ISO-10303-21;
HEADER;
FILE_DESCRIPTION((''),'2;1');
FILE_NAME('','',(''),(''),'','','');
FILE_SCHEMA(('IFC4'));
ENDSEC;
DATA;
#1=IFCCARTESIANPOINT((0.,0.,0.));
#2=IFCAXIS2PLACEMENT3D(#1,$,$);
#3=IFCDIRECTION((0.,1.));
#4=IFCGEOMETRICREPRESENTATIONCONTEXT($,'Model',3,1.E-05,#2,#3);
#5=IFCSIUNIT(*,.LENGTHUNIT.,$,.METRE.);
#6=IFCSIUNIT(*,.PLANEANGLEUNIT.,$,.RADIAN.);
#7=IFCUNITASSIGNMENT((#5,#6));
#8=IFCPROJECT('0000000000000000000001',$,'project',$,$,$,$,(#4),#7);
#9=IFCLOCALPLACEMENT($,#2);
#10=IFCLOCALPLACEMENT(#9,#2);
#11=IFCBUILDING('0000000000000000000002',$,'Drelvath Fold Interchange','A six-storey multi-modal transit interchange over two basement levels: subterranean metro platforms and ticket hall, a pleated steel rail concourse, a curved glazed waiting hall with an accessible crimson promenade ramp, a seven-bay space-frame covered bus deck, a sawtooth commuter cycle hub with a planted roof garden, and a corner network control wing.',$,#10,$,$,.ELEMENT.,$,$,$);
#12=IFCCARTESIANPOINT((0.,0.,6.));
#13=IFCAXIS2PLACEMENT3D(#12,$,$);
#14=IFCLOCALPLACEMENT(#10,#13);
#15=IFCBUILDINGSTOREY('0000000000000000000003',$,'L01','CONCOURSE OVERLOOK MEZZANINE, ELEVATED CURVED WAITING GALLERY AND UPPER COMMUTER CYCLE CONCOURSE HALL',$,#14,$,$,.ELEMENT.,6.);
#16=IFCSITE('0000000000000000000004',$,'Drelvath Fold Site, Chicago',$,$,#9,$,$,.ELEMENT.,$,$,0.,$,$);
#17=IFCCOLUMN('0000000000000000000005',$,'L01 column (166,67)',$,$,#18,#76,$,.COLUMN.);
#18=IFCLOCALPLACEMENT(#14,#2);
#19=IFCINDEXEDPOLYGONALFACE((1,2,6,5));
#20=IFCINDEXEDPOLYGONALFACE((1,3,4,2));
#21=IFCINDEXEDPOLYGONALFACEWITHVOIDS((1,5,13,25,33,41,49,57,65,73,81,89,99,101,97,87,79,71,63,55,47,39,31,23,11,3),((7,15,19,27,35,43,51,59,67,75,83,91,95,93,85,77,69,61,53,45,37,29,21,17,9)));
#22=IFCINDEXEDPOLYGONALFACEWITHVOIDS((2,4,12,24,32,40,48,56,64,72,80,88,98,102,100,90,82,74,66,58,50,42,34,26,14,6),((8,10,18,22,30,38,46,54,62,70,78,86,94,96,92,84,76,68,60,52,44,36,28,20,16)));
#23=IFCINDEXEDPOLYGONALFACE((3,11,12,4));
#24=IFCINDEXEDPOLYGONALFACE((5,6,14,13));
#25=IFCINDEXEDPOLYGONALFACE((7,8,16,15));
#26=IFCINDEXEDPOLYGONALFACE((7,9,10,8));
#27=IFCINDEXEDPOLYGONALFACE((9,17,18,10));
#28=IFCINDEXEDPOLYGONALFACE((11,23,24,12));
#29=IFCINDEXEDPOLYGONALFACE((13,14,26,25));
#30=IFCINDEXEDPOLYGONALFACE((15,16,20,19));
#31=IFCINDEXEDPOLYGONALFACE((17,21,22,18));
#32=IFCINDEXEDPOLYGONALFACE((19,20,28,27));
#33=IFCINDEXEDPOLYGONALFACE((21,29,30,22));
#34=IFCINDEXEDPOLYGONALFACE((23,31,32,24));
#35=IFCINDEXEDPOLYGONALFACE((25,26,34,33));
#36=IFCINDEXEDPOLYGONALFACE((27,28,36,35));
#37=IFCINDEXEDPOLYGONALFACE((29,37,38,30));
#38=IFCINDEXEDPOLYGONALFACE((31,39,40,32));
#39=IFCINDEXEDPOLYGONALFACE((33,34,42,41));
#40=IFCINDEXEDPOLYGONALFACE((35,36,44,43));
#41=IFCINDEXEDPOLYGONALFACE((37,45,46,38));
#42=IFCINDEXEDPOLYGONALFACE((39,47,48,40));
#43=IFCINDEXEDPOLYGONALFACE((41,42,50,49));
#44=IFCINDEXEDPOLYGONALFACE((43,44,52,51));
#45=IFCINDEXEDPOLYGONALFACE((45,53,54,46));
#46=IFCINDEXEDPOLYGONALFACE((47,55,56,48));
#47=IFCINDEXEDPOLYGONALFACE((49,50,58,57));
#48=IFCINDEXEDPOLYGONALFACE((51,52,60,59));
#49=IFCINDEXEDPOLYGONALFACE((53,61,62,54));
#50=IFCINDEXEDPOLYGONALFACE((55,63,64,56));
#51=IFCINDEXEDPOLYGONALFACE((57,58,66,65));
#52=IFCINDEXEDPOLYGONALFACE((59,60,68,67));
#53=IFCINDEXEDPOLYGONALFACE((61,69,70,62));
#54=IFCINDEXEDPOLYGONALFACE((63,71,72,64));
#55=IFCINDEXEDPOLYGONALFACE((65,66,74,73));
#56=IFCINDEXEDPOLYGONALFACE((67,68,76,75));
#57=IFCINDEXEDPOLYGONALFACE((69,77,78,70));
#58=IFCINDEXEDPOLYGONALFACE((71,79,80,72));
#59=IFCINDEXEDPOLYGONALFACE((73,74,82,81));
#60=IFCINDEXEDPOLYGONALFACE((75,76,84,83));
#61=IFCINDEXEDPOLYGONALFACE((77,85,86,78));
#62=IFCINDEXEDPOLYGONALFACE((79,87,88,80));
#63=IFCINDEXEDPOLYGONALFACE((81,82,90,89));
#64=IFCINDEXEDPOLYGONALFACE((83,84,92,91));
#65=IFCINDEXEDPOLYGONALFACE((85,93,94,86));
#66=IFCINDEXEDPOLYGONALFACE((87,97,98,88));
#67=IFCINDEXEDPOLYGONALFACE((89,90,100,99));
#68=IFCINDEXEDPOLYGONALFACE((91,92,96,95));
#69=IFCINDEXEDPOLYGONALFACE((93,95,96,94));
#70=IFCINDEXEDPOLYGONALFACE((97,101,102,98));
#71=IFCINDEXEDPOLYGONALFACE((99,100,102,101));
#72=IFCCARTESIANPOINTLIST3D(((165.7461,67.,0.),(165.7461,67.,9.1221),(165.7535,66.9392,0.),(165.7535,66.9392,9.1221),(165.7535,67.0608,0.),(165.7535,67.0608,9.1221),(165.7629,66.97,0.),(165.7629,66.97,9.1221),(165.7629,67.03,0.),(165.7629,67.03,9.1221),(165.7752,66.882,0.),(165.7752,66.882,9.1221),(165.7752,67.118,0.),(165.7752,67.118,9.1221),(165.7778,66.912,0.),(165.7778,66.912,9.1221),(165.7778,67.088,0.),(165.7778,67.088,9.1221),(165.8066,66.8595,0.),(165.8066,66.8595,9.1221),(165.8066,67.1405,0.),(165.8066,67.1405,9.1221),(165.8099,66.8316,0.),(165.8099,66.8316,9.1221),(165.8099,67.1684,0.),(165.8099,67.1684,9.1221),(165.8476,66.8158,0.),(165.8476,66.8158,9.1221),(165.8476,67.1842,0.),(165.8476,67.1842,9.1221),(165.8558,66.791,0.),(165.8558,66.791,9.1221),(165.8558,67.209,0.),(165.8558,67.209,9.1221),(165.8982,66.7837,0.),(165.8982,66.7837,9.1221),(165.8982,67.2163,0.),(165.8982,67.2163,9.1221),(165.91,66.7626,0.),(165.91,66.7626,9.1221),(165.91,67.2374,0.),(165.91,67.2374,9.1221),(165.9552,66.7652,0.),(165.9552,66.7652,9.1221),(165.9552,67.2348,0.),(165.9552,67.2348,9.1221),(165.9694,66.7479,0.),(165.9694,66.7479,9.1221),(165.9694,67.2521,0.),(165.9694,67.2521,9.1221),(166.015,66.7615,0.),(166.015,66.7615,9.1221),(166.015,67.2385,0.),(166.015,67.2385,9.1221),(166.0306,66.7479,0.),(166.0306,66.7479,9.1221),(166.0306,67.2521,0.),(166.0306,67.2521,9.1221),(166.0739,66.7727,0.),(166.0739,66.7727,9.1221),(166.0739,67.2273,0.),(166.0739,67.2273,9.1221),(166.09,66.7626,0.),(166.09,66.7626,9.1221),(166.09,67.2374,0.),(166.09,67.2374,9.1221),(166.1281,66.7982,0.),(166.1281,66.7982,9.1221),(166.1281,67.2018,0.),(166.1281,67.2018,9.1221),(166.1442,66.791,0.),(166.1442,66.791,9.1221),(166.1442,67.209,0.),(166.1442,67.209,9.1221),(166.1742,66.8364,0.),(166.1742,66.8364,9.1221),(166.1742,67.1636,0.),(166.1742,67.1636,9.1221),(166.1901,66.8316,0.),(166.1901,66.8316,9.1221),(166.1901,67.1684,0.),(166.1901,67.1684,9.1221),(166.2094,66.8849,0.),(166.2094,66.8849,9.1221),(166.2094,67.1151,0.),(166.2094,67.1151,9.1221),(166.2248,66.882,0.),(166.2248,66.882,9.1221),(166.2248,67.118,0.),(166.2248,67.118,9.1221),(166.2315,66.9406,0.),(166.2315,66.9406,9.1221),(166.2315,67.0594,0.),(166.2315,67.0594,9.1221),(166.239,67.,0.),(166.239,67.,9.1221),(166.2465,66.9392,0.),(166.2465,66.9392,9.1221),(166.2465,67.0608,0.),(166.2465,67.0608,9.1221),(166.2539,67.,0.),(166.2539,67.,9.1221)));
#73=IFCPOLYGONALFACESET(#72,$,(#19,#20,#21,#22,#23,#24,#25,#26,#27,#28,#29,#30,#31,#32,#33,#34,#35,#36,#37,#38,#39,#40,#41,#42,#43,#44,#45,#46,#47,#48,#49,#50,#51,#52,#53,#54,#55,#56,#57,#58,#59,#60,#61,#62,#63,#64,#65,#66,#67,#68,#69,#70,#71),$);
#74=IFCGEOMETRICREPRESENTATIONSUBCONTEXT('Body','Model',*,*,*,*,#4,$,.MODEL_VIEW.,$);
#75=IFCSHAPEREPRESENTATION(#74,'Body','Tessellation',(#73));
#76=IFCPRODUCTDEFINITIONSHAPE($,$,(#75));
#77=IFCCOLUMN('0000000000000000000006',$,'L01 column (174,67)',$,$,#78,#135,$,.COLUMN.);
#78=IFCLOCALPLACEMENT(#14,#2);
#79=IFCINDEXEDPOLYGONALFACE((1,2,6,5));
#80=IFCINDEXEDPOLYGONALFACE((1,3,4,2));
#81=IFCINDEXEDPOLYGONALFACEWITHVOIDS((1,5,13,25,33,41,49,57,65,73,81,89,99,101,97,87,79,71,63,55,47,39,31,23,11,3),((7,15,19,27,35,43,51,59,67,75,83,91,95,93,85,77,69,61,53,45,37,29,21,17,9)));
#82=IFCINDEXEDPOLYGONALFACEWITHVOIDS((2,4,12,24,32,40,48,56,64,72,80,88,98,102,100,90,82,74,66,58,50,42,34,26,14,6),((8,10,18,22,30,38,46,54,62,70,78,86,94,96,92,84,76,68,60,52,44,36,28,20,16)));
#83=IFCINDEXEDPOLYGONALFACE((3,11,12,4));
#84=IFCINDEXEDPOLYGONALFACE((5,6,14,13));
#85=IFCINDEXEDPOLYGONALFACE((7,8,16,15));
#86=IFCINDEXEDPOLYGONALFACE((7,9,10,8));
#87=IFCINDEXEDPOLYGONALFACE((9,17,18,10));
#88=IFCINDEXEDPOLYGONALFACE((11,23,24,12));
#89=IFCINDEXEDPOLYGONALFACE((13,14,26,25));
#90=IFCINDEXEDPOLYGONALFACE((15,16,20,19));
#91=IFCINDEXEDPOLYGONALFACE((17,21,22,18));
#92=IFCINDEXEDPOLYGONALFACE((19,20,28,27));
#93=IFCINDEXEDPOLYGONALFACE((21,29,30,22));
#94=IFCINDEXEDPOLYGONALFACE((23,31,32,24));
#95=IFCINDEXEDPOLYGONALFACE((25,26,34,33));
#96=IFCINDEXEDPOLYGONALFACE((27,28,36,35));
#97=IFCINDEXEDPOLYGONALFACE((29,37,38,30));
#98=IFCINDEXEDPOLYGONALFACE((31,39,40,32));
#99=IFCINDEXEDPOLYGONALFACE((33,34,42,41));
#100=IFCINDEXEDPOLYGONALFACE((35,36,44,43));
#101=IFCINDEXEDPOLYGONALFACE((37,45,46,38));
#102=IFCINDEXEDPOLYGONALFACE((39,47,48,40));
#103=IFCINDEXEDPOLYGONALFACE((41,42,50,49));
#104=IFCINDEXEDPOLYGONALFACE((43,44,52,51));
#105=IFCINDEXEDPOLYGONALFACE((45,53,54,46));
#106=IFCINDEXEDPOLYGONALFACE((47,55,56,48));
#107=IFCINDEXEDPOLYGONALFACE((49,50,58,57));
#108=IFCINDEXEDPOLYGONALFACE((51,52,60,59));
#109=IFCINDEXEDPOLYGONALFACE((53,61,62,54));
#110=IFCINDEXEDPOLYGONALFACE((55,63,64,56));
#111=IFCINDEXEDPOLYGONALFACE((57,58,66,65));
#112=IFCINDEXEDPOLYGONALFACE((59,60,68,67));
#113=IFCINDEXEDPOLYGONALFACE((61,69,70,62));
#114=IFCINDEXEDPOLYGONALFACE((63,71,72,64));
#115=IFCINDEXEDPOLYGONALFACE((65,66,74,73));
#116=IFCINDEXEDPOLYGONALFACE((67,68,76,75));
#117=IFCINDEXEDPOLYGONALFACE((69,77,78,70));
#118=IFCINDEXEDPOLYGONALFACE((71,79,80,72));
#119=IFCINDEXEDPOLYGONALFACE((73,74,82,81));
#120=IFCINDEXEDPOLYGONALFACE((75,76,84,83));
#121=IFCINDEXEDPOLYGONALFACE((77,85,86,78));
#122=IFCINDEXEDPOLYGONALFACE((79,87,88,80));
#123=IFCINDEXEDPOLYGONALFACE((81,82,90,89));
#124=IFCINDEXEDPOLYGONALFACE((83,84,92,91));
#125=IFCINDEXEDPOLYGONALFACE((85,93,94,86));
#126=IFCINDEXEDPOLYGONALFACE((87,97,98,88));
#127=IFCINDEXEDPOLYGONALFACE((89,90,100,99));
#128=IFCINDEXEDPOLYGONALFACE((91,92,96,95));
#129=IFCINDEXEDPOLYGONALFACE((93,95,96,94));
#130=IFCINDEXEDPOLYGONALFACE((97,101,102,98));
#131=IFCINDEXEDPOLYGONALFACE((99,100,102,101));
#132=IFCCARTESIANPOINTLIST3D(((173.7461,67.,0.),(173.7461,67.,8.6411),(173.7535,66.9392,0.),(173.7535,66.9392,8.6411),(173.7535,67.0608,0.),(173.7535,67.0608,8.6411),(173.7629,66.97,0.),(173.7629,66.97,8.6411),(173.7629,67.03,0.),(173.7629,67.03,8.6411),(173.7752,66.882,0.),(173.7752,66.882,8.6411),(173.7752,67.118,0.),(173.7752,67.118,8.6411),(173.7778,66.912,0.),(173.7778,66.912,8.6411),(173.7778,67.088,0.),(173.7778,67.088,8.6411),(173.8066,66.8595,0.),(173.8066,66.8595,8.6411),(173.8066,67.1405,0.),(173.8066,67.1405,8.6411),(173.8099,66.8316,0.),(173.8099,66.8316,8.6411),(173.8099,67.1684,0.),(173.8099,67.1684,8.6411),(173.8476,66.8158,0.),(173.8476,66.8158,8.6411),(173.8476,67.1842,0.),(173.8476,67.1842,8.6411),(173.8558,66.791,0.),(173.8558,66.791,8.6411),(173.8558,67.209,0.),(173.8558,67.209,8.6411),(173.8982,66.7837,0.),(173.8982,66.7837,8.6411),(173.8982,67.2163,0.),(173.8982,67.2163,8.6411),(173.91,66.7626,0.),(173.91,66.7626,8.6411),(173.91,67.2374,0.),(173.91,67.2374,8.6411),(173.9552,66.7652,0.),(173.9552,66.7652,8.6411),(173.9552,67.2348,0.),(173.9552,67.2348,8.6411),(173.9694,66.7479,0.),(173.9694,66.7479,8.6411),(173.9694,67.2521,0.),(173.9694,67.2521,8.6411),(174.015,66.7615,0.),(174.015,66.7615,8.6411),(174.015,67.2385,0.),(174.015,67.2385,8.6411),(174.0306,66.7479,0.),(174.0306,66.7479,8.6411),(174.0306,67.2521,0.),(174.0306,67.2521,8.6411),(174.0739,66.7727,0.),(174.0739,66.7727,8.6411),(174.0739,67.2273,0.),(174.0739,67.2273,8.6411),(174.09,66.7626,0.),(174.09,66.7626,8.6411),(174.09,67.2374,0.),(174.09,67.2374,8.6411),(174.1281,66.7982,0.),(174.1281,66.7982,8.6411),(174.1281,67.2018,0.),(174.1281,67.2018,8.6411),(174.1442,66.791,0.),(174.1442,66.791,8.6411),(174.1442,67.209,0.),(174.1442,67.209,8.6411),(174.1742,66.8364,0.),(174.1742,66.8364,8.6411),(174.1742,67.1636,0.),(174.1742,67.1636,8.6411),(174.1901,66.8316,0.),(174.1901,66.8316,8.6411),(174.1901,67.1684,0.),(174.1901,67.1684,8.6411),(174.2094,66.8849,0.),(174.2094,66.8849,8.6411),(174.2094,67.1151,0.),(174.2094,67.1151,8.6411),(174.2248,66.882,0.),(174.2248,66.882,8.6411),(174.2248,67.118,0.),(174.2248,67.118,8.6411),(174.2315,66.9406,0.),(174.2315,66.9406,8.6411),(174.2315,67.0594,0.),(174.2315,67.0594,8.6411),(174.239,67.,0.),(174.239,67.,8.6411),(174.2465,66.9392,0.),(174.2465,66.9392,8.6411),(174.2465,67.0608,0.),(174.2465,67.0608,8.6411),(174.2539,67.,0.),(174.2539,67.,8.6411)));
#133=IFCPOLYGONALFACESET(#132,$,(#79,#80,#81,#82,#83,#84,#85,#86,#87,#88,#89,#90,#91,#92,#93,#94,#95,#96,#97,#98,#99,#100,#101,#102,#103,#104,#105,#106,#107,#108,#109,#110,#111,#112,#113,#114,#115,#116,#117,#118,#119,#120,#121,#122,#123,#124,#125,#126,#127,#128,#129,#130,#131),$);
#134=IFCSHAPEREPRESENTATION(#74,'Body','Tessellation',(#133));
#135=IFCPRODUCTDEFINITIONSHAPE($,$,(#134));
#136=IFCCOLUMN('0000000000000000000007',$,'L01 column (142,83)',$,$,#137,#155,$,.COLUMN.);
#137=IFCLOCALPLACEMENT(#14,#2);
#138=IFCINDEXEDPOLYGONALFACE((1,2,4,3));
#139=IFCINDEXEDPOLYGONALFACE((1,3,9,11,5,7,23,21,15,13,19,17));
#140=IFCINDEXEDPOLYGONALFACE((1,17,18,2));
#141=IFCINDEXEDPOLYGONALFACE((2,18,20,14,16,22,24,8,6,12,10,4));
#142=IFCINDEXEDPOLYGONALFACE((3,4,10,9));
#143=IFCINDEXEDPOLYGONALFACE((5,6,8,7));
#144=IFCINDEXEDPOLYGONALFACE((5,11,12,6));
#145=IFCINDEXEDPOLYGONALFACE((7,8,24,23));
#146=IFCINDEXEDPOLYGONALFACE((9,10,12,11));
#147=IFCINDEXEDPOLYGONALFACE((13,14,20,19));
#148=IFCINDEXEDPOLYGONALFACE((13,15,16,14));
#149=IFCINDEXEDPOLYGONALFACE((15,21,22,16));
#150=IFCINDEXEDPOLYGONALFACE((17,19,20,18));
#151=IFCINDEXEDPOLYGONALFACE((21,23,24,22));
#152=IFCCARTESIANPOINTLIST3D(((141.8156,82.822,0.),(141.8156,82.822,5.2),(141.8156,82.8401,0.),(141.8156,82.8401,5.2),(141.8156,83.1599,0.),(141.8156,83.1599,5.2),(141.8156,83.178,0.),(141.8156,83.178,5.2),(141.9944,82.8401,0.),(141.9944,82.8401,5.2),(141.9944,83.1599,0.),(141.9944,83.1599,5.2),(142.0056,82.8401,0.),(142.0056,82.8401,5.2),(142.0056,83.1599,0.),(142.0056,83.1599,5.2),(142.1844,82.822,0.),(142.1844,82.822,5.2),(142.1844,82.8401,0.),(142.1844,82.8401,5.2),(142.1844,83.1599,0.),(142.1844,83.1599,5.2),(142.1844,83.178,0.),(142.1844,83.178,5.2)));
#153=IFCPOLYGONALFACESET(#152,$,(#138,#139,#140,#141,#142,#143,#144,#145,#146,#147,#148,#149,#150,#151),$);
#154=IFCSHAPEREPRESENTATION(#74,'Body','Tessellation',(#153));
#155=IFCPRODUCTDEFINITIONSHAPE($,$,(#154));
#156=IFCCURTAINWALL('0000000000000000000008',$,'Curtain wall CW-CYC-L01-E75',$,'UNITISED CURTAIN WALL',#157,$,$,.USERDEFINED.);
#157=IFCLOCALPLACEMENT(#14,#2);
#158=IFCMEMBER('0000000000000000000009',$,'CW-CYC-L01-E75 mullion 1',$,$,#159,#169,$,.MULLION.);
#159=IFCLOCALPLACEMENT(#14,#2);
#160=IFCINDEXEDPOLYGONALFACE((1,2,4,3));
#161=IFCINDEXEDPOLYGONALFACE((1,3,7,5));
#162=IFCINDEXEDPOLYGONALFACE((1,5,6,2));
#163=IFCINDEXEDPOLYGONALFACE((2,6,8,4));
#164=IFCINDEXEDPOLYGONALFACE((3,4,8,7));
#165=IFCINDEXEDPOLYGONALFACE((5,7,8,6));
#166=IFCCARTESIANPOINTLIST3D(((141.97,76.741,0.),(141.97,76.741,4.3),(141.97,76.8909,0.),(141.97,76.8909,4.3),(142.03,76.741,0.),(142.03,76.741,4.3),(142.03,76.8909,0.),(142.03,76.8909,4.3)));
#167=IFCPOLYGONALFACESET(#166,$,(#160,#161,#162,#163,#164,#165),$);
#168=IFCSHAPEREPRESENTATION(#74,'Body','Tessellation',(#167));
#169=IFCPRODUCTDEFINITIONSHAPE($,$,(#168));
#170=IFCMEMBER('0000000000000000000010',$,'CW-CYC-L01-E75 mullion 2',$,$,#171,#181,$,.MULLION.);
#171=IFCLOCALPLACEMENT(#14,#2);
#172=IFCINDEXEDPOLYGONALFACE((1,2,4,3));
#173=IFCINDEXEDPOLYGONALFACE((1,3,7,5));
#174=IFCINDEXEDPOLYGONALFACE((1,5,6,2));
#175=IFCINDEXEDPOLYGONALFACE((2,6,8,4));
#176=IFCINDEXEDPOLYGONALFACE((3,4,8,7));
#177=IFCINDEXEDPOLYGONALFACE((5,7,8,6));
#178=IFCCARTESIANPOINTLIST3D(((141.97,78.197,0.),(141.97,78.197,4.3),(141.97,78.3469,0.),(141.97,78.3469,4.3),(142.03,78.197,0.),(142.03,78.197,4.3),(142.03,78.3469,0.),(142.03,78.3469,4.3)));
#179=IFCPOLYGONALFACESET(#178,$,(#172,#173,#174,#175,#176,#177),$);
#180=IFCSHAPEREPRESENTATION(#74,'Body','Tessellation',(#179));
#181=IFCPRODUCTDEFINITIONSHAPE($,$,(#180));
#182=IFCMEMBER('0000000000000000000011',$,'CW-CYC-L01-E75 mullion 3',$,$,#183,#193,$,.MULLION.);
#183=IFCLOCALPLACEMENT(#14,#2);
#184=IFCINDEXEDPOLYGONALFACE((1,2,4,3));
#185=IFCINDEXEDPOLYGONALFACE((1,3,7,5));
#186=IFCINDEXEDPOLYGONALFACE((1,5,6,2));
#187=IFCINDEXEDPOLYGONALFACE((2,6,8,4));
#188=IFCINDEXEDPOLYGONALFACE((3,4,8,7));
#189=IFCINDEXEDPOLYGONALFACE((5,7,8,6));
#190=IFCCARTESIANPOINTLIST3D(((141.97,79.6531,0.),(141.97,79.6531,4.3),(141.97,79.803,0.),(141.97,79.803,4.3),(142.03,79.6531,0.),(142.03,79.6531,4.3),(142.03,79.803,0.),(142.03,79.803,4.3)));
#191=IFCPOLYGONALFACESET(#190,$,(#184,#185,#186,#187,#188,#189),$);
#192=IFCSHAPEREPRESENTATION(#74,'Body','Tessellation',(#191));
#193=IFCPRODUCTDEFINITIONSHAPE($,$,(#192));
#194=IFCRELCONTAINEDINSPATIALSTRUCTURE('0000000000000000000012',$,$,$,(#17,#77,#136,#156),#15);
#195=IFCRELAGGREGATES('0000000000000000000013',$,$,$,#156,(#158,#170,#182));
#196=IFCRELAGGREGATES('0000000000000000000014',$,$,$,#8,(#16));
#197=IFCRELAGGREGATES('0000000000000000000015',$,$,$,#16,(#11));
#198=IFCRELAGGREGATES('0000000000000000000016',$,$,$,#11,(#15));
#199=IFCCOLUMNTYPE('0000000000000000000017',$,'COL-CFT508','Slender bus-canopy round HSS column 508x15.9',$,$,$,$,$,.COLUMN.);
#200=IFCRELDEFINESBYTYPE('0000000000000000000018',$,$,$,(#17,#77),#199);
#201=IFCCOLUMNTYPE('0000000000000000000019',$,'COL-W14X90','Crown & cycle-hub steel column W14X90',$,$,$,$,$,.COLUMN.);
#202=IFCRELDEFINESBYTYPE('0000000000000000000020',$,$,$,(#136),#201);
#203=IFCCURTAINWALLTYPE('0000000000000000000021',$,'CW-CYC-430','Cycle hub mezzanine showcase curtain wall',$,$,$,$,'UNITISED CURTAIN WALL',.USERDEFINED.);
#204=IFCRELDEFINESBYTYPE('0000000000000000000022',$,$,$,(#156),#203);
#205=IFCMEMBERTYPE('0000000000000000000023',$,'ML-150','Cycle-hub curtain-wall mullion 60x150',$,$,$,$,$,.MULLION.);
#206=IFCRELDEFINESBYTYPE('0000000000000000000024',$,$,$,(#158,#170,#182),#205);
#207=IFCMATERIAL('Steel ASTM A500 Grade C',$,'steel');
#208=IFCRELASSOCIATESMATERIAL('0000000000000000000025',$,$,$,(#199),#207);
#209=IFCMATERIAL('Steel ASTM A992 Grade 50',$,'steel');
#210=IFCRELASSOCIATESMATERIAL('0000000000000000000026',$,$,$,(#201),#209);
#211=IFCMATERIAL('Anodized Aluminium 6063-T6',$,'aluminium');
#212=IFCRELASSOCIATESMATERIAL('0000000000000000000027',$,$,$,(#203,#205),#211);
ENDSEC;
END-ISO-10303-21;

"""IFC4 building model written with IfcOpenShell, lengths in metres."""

from ifc_helpers import new_model, si_unit, direction, frame, origin, origin_2d, place, context, subcontext, project, spatial, rectangle, hollow_circle, i_section, extrude, material, material_profile, profile_set, type_object, element, aggregate, save


model = new_model("IFC4")

# Units and contexts
model_context = context("Model", 3, precision=1e-05, world=origin(), true_north=direction((0.0, 1.0)))
body_context = subcontext(model_context, "Body", "Model", "MODEL_VIEW")
ifc_project = project(units=[si_unit("LENGTHUNIT", "METRE"), si_unit("PLANEANGLEUNIT", "RADIAN")], contexts=[model_context])

# Site, building, storey
site_placement = place(None, origin())
site = spatial("IfcSite", under=ifc_project, at=site_placement, Name="Drelvath Fold Site, Chicago", CompositionType="ELEMENT", RefElevation=0.0)
building_placement = place(site_placement, origin())
building = spatial("IfcBuilding", under=site, at=building_placement, Name="Drelvath Fold Interchange", Description="A six-storey multi-modal transit interchange over two basement levels: subterranean metro platforms and ticket hall, a pleated steel rail concourse, a curved glazed waiting hall with an accessible crimson promenade ramp, a seven-bay space-frame covered bus deck, a sawtooth commuter cycle hub with a planted roof garden, and a corner network control wing.", CompositionType="ELEMENT")
storey_placement = place(building_placement, frame((0.0, 0.0, 6.0)))
storey = spatial("IfcBuildingStorey", under=building, at=storey_placement, Name="L01", Description="CONCOURSE OVERLOOK MEZZANINE, ELEVATED CURVED WAITING GALLERY AND UPPER COMMUTER CYCLE CONCOURSE HALL", CompositionType="ELEMENT", Elevation=6.0)

# Columns
ifc_material_1 = material(Name="Steel ASTM A500 Grade C", Category="steel")
ifc_material_profile_1 = material_profile(ifc_material_1, hollow_circle(Radius=0.2539, WallThickness=0.0149, at=origin_2d()), Name="HSS20.000X0.625")
ifc_profile_set_1 = profile_set([ifc_material_profile_1], Name="Steel ASTM A500 Grade C")
column_type_1 = type_object("IfcColumnType", Name="COL-CFT508", Description="Slender bus-canopy round HSS column 508x15.9", PredefinedType="COLUMN", material=ifc_profile_set_1)
column_1_placement = place(storey_placement, frame((166.0, 67.0, 0.0), z_axis=(0.0, 0.0, 1.0), x_axis=(1.0, 0.0, 0.0)))
element("IfcColumn", 1, at=column_1_placement, inside=storey, type_object=column_type_1, Name="L01 column (166,67)", PredefinedType="COLUMN", context=body_context, shape_type="SweptSolid", body=[
    extrude(hollow_circle(Radius=0.2539, WallThickness=0.0149, at=origin_2d()), origin(), (0.0, 0.0, 1.0), 9.1221),
])
column_2_placement = place(storey_placement, frame((174.0, 67.0, 0.0), z_axis=(0.0, 0.0, 1.0), x_axis=(1.0, 0.0, 0.0)))
element("IfcColumn", 2, at=column_2_placement, inside=storey, type_object=column_type_1, Name="L01 column (174,67)", PredefinedType="COLUMN", context=body_context, shape_type="SweptSolid", body=[
    extrude(hollow_circle(Radius=0.2539, WallThickness=0.0149, at=origin_2d()), origin(), (0.0, 0.0, 1.0), 8.6411),
])
ifc_material_2 = material(Name="Steel ASTM A992 Grade 50", Category="steel")
ifc_material_profile_2 = material_profile(ifc_material_2, i_section(OverallWidth=0.3689, OverallDepth=0.356, WebThickness=0.0112, FlangeThickness=0.0181, at=origin_2d()), Name="W14X90")
ifc_profile_set_2 = profile_set([ifc_material_profile_2], Name="Steel ASTM A992 Grade 50")
column_type_2 = type_object("IfcColumnType", Name="COL-W14X90", Description="Crown & cycle-hub steel column W14X90", PredefinedType="COLUMN", material=ifc_profile_set_2)
column_3_placement = place(storey_placement, frame((142.0, 83.0, 0.0), z_axis=(0.0, 0.0, 1.0), x_axis=(1.0, 0.0, 0.0)))
element("IfcColumn", 3, at=column_3_placement, inside=storey, type_object=column_type_2, Name="L01 column (142,83)", PredefinedType="COLUMN", context=body_context, shape_type="SweptSolid", body=[
    extrude(i_section(OverallWidth=0.3689, OverallDepth=0.356, WebThickness=0.0112, FlangeThickness=0.0181, at=origin_2d()), origin(), (0.0, 0.0, 1.0), 5.2),
])

# Curtain wall, members
ifc_material_3 = material(Name="Anodized Aluminium 6063-T6", Category="aluminium")
curtain_wall_type = type_object("IfcCurtainWallType", Name="CW-CYC-430", Description="Cycle hub mezzanine showcase curtain wall", ElementType="UNITISED CURTAIN WALL", PredefinedType="USERDEFINED", material=ifc_material_3)
curtain_wall_placement = place(storey_placement, origin())
curtain_wall = element("IfcCurtainWall", 4, at=curtain_wall_placement, inside=storey, type_object=curtain_wall_type, Name="Curtain wall CW-CYC-L01-E75", ObjectType="UNITISED CURTAIN WALL", PredefinedType="USERDEFINED")
ifc_material_profile_3 = material_profile(ifc_material_3, rectangle(XDim=0.0601, YDim=0.1499, at=origin_2d()), Name="AL-M 60x150")
ifc_profile_set_3 = profile_set([ifc_material_profile_3], Name="Anodized Aluminium 6063-T6")
member_type_1 = type_object("IfcMemberType", Name="ML-150", Description="Cycle-hub curtain-wall mullion 60x150", PredefinedType="MULLION", material=ifc_profile_set_3)
member_1_placement = place(storey_placement, frame((142.0, 76.8159, 0.0), z_axis=(0.0, 0.0, 1.0), x_axis=(1.0, 0.0, 0.0)))
member_1 = element("IfcMember", 5, at=member_1_placement, type_object=member_type_1, Name="CW-CYC-L01-E75 mullion 1", PredefinedType="MULLION", context=body_context, shape_type="SweptSolid", body=[
    extrude(rectangle(XDim=0.0601, YDim=0.1499, at=origin_2d()), origin(), (0.0, 0.0, 1.0), 4.3),
])
member_2_placement = place(storey_placement, frame((142.0, 78.272, 0.0), z_axis=(0.0, 0.0, 1.0), x_axis=(1.0, 0.0, 0.0)))
member_2 = element("IfcMember", 6, at=member_2_placement, type_object=member_type_1, Name="CW-CYC-L01-E75 mullion 2", PredefinedType="MULLION", context=body_context, shape_type="SweptSolid", body=[
    extrude(rectangle(XDim=0.0601, YDim=0.1499, at=origin_2d()), origin(), (0.0, 0.0, 1.0), 4.3),
])
member_3_placement = place(storey_placement, frame((142.0, 79.728, 0.0), z_axis=(0.0, 0.0, 1.0), x_axis=(1.0, 0.0, 0.0)))
member_3 = element("IfcMember", 7, at=member_3_placement, type_object=member_type_1, Name="CW-CYC-L01-E75 mullion 3", PredefinedType="MULLION", context=body_context, shape_type="SweptSolid", body=[
    extrude(rectangle(XDim=0.0601, YDim=0.1499, at=origin_2d()), origin(), (0.0, 0.0, 1.0), 4.3),
])

aggregate(curtain_wall, [member_1, member_2, member_3])

save(model, "model.ifc")
